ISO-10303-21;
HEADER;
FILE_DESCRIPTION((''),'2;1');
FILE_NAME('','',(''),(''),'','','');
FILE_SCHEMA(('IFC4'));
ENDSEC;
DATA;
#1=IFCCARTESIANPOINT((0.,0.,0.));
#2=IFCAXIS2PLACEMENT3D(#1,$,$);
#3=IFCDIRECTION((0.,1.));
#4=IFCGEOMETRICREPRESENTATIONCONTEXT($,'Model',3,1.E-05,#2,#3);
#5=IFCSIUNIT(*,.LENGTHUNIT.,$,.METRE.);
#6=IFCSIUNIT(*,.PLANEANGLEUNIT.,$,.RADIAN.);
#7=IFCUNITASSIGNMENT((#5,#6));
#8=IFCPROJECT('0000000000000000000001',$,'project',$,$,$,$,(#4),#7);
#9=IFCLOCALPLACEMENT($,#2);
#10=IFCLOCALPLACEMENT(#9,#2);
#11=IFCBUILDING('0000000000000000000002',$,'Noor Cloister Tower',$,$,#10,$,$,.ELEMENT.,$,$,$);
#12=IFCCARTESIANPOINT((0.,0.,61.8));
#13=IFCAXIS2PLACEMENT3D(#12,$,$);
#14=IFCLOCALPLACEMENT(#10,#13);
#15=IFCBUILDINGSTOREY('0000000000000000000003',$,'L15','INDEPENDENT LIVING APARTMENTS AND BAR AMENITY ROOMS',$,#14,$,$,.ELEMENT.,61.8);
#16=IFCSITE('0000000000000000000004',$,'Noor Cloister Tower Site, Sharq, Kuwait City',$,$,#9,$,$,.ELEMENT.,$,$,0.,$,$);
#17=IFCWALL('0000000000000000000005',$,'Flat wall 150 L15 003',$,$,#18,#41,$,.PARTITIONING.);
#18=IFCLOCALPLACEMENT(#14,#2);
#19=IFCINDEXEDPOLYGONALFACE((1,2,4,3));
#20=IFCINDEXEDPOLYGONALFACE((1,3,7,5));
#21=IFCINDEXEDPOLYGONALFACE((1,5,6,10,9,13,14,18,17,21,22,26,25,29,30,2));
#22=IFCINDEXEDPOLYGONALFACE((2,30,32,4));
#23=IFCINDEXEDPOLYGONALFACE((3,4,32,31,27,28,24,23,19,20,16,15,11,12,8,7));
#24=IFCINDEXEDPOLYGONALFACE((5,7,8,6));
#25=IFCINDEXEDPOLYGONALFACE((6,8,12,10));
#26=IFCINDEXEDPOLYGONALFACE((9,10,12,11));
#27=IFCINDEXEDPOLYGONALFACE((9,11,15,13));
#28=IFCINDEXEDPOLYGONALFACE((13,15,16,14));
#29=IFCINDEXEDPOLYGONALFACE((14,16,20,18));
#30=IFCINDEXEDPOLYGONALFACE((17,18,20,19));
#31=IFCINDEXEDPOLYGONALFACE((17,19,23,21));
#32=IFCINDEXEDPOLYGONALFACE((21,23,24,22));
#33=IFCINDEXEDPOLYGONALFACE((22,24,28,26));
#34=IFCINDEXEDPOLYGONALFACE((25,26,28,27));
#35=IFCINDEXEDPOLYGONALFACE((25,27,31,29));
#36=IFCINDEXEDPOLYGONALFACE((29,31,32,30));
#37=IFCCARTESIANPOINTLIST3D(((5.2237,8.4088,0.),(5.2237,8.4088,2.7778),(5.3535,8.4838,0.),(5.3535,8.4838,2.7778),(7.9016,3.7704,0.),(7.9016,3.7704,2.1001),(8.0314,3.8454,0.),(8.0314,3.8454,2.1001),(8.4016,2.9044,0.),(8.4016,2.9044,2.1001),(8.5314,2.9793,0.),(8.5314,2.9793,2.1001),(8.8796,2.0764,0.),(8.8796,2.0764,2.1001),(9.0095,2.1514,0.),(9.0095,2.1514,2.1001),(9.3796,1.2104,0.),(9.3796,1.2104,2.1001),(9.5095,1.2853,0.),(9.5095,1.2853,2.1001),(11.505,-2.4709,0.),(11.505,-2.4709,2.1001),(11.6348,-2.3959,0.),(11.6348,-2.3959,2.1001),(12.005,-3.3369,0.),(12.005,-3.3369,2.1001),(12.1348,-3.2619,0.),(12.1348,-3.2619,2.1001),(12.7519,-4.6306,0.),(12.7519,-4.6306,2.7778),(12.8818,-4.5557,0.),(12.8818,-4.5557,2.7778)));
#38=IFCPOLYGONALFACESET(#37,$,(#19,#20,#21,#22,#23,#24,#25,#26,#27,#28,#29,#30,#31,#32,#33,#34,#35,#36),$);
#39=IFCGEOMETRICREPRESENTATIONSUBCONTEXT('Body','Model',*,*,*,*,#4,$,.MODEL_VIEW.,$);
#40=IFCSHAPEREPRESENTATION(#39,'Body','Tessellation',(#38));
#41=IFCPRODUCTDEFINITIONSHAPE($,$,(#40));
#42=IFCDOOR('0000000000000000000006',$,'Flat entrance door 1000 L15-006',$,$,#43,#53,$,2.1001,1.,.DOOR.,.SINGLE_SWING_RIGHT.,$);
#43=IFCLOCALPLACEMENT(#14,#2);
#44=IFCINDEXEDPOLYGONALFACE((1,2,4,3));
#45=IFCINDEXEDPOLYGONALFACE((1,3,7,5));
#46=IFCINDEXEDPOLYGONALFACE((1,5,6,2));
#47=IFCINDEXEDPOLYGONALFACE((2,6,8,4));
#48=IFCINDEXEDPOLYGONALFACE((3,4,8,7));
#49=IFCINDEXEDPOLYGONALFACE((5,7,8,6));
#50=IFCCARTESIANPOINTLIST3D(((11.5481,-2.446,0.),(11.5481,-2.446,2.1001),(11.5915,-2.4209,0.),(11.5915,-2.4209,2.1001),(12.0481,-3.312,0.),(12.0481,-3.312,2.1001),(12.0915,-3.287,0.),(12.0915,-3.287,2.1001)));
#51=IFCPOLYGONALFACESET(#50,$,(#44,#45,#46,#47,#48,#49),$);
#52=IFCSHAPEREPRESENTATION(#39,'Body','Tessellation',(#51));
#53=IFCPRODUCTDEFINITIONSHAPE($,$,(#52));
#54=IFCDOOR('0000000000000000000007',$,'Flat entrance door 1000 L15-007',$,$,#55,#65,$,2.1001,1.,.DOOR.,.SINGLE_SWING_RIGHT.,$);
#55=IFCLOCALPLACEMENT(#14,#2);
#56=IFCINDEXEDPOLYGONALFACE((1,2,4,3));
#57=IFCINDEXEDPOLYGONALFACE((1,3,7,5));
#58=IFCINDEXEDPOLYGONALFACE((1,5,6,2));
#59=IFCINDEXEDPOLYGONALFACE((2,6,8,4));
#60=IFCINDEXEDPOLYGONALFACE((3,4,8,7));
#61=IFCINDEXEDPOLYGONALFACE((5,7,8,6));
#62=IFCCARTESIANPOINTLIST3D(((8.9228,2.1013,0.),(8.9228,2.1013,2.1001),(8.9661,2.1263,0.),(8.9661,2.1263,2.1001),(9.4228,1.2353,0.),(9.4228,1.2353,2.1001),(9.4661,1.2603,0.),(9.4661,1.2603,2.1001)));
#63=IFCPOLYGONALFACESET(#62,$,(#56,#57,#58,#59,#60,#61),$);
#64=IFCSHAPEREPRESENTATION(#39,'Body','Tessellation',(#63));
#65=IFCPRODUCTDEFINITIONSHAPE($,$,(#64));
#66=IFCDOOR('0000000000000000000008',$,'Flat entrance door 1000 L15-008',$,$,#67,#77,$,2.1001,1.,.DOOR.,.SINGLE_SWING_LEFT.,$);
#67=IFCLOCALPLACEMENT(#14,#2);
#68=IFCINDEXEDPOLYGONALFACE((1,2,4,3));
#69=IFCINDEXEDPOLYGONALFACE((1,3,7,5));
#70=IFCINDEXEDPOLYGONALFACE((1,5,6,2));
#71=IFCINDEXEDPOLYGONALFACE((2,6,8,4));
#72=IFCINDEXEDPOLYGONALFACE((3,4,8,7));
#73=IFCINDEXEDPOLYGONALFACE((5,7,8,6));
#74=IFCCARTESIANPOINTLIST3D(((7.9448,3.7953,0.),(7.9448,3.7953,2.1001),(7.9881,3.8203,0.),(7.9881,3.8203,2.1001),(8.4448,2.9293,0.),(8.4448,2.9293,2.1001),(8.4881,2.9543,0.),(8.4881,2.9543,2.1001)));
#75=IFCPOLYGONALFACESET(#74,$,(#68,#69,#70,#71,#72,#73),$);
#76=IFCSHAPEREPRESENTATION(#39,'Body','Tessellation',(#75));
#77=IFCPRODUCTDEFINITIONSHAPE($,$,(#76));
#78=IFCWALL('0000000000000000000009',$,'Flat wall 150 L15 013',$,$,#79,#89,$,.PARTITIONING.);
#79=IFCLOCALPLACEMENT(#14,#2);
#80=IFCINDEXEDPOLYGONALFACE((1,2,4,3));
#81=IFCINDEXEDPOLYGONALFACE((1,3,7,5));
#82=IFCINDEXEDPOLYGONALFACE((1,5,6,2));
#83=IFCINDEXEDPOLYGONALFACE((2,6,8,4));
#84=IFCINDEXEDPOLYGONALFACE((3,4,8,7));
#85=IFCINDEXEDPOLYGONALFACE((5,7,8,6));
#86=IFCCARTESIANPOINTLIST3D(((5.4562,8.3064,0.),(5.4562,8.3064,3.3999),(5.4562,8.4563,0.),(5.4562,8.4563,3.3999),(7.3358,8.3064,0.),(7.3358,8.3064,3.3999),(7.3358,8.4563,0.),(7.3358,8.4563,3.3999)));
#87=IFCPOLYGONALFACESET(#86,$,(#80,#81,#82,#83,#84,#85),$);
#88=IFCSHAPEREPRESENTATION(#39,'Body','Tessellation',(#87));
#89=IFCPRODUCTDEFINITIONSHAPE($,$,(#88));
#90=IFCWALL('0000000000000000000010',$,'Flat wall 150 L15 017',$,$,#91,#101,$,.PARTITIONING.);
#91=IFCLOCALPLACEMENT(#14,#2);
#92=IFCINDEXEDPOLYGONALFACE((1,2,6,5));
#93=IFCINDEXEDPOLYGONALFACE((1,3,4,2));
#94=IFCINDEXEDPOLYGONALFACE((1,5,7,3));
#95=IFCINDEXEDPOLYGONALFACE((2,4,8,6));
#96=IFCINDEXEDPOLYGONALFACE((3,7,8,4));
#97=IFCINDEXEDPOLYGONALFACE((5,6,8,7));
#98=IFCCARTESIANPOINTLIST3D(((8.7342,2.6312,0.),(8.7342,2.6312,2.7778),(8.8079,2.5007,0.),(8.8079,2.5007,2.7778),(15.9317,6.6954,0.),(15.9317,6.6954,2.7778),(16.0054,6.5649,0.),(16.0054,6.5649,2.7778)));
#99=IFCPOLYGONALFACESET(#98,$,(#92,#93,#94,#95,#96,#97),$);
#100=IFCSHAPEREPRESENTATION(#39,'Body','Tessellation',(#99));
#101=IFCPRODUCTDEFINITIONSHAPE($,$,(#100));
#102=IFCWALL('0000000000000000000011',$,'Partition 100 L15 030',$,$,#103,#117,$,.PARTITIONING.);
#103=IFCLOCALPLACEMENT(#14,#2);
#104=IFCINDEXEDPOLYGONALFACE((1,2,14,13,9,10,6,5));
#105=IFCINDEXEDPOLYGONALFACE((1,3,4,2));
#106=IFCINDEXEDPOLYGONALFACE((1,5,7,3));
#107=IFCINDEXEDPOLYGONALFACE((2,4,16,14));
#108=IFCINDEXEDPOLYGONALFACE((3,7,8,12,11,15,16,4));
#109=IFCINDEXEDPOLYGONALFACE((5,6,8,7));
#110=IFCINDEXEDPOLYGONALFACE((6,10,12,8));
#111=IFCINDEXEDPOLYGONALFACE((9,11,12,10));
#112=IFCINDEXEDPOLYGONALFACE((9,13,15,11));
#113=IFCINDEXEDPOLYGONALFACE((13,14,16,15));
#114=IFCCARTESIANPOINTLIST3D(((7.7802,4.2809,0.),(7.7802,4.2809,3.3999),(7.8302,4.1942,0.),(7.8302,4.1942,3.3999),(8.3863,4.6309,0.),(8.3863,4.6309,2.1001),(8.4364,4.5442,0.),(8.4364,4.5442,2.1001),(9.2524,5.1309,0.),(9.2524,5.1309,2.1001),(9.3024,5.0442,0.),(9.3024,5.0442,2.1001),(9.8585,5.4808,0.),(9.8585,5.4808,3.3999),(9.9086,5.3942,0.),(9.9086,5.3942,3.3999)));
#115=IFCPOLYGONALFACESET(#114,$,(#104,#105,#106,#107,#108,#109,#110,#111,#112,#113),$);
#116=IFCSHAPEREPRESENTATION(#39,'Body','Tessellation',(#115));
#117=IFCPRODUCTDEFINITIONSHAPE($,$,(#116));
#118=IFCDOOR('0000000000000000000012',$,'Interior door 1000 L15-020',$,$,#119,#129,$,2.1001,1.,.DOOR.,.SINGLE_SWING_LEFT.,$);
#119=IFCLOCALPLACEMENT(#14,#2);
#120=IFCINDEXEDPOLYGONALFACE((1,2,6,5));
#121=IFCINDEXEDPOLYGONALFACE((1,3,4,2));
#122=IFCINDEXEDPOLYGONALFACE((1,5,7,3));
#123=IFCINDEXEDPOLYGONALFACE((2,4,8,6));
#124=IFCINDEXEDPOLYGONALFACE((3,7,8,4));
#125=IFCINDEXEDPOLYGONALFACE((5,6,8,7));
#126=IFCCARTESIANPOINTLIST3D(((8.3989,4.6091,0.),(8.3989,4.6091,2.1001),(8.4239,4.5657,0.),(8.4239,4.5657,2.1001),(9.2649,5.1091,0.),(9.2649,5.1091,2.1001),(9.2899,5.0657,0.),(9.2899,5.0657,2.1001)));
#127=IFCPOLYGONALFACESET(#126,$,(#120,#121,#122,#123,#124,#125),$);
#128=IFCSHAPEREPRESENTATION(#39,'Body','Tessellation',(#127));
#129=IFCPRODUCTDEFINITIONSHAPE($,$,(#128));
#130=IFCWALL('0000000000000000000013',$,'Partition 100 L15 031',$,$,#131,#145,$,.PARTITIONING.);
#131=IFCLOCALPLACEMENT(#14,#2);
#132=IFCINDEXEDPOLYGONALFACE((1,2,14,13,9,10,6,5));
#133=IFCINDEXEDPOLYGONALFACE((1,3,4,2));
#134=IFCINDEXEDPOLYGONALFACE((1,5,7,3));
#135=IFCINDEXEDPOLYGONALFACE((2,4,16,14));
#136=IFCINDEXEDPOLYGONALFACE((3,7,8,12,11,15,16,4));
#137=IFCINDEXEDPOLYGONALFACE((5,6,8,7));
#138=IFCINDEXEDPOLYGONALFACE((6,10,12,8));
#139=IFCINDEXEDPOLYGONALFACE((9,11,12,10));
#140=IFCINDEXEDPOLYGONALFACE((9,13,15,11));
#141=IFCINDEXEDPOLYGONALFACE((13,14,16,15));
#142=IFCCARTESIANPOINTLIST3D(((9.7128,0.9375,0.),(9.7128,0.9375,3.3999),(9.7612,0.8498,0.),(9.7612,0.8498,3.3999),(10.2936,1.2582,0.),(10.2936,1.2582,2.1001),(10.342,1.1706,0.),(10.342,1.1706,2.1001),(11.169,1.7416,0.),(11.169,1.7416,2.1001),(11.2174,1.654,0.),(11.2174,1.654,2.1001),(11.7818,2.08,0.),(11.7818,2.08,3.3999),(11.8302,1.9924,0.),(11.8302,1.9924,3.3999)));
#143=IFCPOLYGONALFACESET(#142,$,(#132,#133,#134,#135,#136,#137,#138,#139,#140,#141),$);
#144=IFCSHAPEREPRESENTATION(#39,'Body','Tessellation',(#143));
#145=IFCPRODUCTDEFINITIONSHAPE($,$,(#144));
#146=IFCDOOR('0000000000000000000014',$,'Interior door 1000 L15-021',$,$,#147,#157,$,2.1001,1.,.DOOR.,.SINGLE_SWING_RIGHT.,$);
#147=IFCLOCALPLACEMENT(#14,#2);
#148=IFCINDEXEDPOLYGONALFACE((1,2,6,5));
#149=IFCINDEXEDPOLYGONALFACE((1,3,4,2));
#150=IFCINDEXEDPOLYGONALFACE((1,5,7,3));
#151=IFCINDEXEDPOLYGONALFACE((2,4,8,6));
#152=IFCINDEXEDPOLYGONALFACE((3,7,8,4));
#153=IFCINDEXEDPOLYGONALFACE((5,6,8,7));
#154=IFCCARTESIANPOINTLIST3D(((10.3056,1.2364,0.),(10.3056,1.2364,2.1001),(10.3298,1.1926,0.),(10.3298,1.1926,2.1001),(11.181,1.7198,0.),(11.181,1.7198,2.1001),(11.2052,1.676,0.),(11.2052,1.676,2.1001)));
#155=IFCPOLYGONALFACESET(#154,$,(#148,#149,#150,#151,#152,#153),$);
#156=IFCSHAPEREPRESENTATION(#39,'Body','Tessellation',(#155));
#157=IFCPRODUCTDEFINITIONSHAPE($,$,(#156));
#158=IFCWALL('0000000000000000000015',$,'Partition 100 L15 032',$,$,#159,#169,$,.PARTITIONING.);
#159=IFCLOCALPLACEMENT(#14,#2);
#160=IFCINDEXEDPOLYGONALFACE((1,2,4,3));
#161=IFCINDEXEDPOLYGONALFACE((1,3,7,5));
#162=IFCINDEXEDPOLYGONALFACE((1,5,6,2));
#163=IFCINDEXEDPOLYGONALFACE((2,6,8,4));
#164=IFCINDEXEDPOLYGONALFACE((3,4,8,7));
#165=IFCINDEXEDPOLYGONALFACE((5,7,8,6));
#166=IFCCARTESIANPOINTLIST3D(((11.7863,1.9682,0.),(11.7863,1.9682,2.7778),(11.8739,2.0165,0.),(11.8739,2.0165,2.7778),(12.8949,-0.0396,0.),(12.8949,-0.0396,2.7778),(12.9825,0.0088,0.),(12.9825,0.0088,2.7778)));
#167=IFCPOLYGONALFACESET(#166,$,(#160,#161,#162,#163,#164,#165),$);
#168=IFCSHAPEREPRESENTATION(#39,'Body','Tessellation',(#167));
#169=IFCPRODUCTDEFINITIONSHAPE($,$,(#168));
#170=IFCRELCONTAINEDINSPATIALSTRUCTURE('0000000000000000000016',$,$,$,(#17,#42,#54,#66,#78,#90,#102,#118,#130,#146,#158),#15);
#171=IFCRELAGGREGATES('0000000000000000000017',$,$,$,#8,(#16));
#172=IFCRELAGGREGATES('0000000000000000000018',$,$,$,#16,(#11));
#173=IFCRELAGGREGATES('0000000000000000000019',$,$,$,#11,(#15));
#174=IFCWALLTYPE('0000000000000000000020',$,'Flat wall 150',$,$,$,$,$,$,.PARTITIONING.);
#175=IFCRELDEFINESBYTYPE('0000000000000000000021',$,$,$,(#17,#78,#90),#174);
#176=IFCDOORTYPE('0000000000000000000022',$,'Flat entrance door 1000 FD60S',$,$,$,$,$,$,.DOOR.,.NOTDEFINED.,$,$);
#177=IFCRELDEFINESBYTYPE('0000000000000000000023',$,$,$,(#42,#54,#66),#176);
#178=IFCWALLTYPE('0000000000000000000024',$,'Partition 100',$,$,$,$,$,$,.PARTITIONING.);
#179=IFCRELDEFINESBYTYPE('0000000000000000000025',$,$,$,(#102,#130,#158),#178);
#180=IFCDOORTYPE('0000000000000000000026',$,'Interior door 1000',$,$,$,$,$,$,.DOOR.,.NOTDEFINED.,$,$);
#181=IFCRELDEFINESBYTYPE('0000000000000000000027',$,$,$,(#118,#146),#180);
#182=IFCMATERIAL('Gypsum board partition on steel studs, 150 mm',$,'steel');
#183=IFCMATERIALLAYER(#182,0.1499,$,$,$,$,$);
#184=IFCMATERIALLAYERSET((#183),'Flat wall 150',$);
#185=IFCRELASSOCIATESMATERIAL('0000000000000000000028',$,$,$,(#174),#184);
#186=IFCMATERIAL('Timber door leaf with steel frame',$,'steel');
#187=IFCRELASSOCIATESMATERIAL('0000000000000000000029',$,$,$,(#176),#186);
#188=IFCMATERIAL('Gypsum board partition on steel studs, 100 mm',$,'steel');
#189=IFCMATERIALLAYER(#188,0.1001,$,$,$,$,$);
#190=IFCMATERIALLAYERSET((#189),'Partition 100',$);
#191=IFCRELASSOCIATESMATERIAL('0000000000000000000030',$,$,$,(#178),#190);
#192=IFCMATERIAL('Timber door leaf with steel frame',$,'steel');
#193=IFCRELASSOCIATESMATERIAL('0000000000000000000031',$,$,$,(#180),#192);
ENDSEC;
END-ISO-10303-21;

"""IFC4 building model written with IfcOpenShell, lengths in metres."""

from ifc_helpers import new_model, si_unit, direction, frame, frame_2d, origin, place, context, subcontext, project, spatial, rectangle, extrude, material, layer, layer_set, type_object, element, fill, save


model = new_model("IFC4")

# Units and contexts
model_context = context("Model", 3, precision=1e-05, world=origin(), true_north=direction((0.0, 1.0)))
body_context = subcontext(model_context, "Body", "Model", "MODEL_VIEW")
ifc_project = project(units=[si_unit("LENGTHUNIT", "METRE"), si_unit("PLANEANGLEUNIT", "RADIAN")], contexts=[model_context])

# Site, building, storey
site_placement = place(None, origin())
site = spatial("IfcSite", under=ifc_project, at=site_placement, Name="Noor Cloister Tower Site, Sharq, Kuwait City", CompositionType="ELEMENT", RefElevation=0.0)
building_placement = place(site_placement, origin())
building = spatial("IfcBuilding", under=site, at=building_placement, Name="Noor Cloister Tower", CompositionType="ELEMENT")
storey_placement = place(building_placement, frame((0.0, 0.0, 61.8)))
storey = spatial("IfcBuildingStorey", under=building, at=storey_placement, Name="L15", Description="INDEPENDENT LIVING APARTMENTS AND BAR AMENITY ROOMS", CompositionType="ELEMENT", Elevation=61.8)

# Wall, openings, doors
ifc_material_1 = material(Name="Gypsum board partition on steel studs, 150 mm", Category="steel")
ifc_layer_1 = layer(ifc_material_1, 0.1499)
ifc_layer_set_1 = layer_set([ifc_layer_1], Name="Flat wall 150")
wall_type_1 = type_object("IfcWallType", Name="Flat wall 150", PredefinedType="PARTITIONING", material=ifc_layer_set_1)
wall_1_placement = place(storey_placement, frame((5.2886, 8.4463, 0.0), z_axis=(0.0, 0.0, 1.0), x_axis=(0.499997, -0.866027, 0.0)))
wall_1 = element("IfcWall", 1, at=wall_1_placement, inside=storey, type_object=wall_type_1, Name="Flat wall 150 L15 003", PredefinedType="PARTITIONING", context=body_context, shape_type="SweptSolid", body=[
    extrude(rectangle(XDim=15.0566, YDim=0.1499, at=frame_2d((7.5283, 0.0))), origin(), (0.0, 0.0, 1.0), 2.7778),
])
opening_1_placement = place(wall_1_placement, frame((12.5627, 0.0, 0.0)))
opening_1 = element("IfcOpeningElement", 2, at=opening_1_placement, cuts=wall_1, PredefinedType="OPENING", context=body_context, shape_type="SweptSolid", body=[
    extrude(rectangle(XDim=1.0, YDim=2.1001, at=frame_2d((0.5, 1.05))), frame((0.0, 0.085, 0.0), z_axis=(0.0, -1.0, 0.0), x_axis=(1.0, 0.0, 0.0)), (0.0, 0.0, 1.0), 0.1699),
])
opening_2_placement = place(wall_1_placement, frame((7.312, 0.0, 0.0)))
opening_2 = element("IfcOpeningElement", 3, at=opening_2_placement, cuts=wall_1, PredefinedType="OPENING", context=body_context, shape_type="SweptSolid", body=[
    extrude(rectangle(XDim=1.0, YDim=2.1001, at=frame_2d((0.5, 1.05))), frame((0.0, 0.085, 0.0), z_axis=(0.0, -1.0, 0.0), x_axis=(1.0, 0.0, 0.0)), (0.0, 0.0, 1.0), 0.1699),
])
opening_3_placement = place(wall_1_placement, frame((5.356, 0.0, 0.0)))
opening_3 = element("IfcOpeningElement", 4, at=opening_3_placement, cuts=wall_1, PredefinedType="OPENING", context=body_context, shape_type="SweptSolid", body=[
    extrude(rectangle(XDim=1.0, YDim=2.1001, at=frame_2d((0.5, 1.05))), frame((0.0, 0.085, 0.0), z_axis=(0.0, -1.0, 0.0), x_axis=(1.0, 0.0, 0.0)), (0.0, 0.0, 1.0), 0.1699),
])
ifc_material_2 = material(Name="Timber door leaf with steel frame", Category="steel")
door_type_1 = type_object("IfcDoorType", Name="Flat entrance door 1000 FD60S", OperationType="NOTDEFINED", PredefinedType="DOOR", material=ifc_material_2)
door_1_placement = place(opening_1_placement, origin())
door_1 = element("IfcDoor", 5, at=door_1_placement, inside=storey, type_object=door_type_1, Name="Flat entrance door 1000 L15-006", OperationType="SINGLE_SWING_RIGHT", OverallHeight=2.1001, OverallWidth=1.0, PredefinedType="DOOR", context=body_context, shape_type="SweptSolid", body=[
    extrude(rectangle(XDim=1.0, YDim=2.1001, at=frame_2d((0.5, 1.05))), frame((0.0, 0.0249, 0.0), z_axis=(0.0, -1.0, 0.0), x_axis=(1.0, 0.0, 0.0)), (0.0, 0.0, 1.0), 0.05),
])
fill(opening_1, door_1)
door_2_placement = place(opening_2_placement, origin())
door_2 = element("IfcDoor", 6, at=door_2_placement, inside=storey, type_object=door_type_1, Name="Flat entrance door 1000 L15-007", OperationType="SINGLE_SWING_RIGHT", OverallHeight=2.1001, OverallWidth=1.0, PredefinedType="DOOR", context=body_context, shape_type="SweptSolid", body=[
    extrude(rectangle(XDim=1.0, YDim=2.1001, at=frame_2d((0.5, 1.05))), frame((0.0, 0.0249, 0.0), z_axis=(0.0, -1.0, 0.0), x_axis=(1.0, 0.0, 0.0)), (0.0, 0.0, 1.0), 0.05),
])
fill(opening_2, door_2)
door_3_placement = place(opening_3_placement, origin())
door_3 = element("IfcDoor", 7, at=door_3_placement, inside=storey, type_object=door_type_1, Name="Flat entrance door 1000 L15-008", OperationType="SINGLE_SWING_LEFT", OverallHeight=2.1001, OverallWidth=1.0, PredefinedType="DOOR", context=body_context, shape_type="SweptSolid", body=[
    extrude(rectangle(XDim=1.0, YDim=2.1001, at=frame_2d((0.5, 1.05))), frame((0.0, 0.0249, 0.0), z_axis=(0.0, -1.0, 0.0), x_axis=(1.0, 0.0, 0.0)), (0.0, 0.0, 1.0), 0.05),
])
fill(opening_3, door_3)

# Walls
wall_2_placement = place(storey_placement, frame((5.4561, 8.3813, 0.0), z_axis=(0.0, 0.0, 1.0), x_axis=(1.0, 0.0, 0.0)))
element("IfcWall", 8, at=wall_2_placement, inside=storey, type_object=wall_type_1, Name="Flat wall 150 L15 013", PredefinedType="PARTITIONING", context=body_context, shape_type="SweptSolid", body=[
    extrude(rectangle(XDim=1.8796, YDim=0.1499, at=frame_2d((0.9399, 0.0))), origin(), (0.0, 0.0, 1.0), 3.3999),
])
wall_3_placement = place(storey_placement, frame((15.9685, 6.6301, 0.0), z_axis=(0.0, 0.0, 1.0), x_axis=(-0.870767, -0.491695, 0.0)))
element("IfcWall", 9, at=wall_3_placement, inside=storey, type_object=wall_type_1, Name="Flat wall 150 L15 017", PredefinedType="PARTITIONING", context=body_context, shape_type="SweptSolid", body=[
    extrude(rectangle(XDim=8.2656, YDim=0.1499, at=frame_2d((4.1328, 0.0))), origin(), (0.0, 0.0, 1.0), 2.7778),
])

# Walls, openings, doors
ifc_material_3 = material(Name="Gypsum board partition on steel studs, 100 mm", Category="steel")
ifc_layer_2 = layer(ifc_material_3, 0.1001)
ifc_layer_set_2 = layer_set([ifc_layer_2], Name="Partition 100")
wall_type_2 = type_object("IfcWallType", Name="Partition 100", PredefinedType="PARTITIONING", material=ifc_layer_set_2)
wall_4_placement = place(storey_placement, frame((7.8052, 4.2375, 0.0), z_axis=(0.0, 0.0, 1.0), x_axis=(0.866025, 0.500001, 0.0)))
wall_4 = element("IfcWall", 10, at=wall_4_placement, inside=storey, type_object=wall_type_2, Name="Partition 100 L15 030", PredefinedType="PARTITIONING", context=body_context, shape_type="SweptSolid", body=[
    extrude(rectangle(XDim=2.3999, YDim=0.1001, at=frame_2d((1.2, 0.0))), origin(), (0.0, 0.0, 1.0), 3.3999),
])
opening_4_placement = place(wall_4_placement, frame((0.7, 0.0, 0.0)))
opening_4 = element("IfcOpeningElement", 11, at=opening_4_placement, cuts=wall_4, PredefinedType="OPENING", context=body_context, shape_type="SweptSolid", body=[
    extrude(rectangle(XDim=1.0, YDim=2.1001, at=frame_2d((0.5, 1.05))), frame((0.0, 0.0601, 0.0), z_axis=(0.0, -1.0, 0.0), x_axis=(1.0, 0.0, 0.0)), (0.0, 0.0, 1.0), 0.1201),
])
ifc_material_4 = material(Name="Timber door leaf with steel frame", Category="steel")
door_type_2 = type_object("IfcDoorType", Name="Interior door 1000", OperationType="NOTDEFINED", PredefinedType="DOOR", material=ifc_material_4)
door_4_placement = place(opening_4_placement, origin())
door_4 = element("IfcDoor", 12, at=door_4_placement, inside=storey, type_object=door_type_2, Name="Interior door 1000 L15-020", OperationType="SINGLE_SWING_LEFT", OverallHeight=2.1001, OverallWidth=1.0, PredefinedType="DOOR", context=body_context, shape_type="SweptSolid", body=[
    extrude(rectangle(XDim=1.0, YDim=2.1001, at=frame_2d((0.5, 1.05))), frame((0.0, 0.0249, 0.0), z_axis=(0.0, -1.0, 0.0), x_axis=(1.0, 0.0, 0.0)), (0.0, 0.0, 1.0), 0.05),
])
fill(opening_4, door_4)
wall_5_placement = place(storey_placement, frame((11.8059, 2.0361, 0.0), z_axis=(0.0, 0.0, 1.0), x_axis=(-0.875397, -0.483405, 0.0)))
wall_5 = element("IfcWall", 13, at=wall_5_placement, inside=storey, type_object=wall_type_2, Name="Partition 100 L15 031", PredefinedType="PARTITIONING", context=body_context, shape_type="SweptSolid", body=[
    extrude(rectangle(XDim=2.3635, YDim=0.1001, at=frame_2d((1.1816, 0.0))), origin(), (0.0, 0.0, 1.0), 3.3999),
])
opening_5_placement = place(wall_5_placement, frame((0.7, 0.0, 0.0)))
opening_5 = element("IfcOpeningElement", 14, at=opening_5_placement, cuts=wall_5, PredefinedType="OPENING", context=body_context, shape_type="SweptSolid", body=[
    extrude(rectangle(XDim=1.0, YDim=2.1001, at=frame_2d((0.5, 1.05))), frame((0.0, 0.0601, 0.0), z_axis=(0.0, -1.0, 0.0), x_axis=(1.0, 0.0, 0.0)), (0.0, 0.0, 1.0), 0.1201),
])
door_5_placement = place(opening_5_placement, origin())
door_5 = element("IfcDoor", 15, at=door_5_placement, inside=storey, type_object=door_type_2, Name="Interior door 1000 L15-021", OperationType="SINGLE_SWING_RIGHT", OverallHeight=2.1001, OverallWidth=1.0, PredefinedType="DOOR", context=body_context, shape_type="SweptSolid", body=[
    extrude(rectangle(XDim=1.0, YDim=2.1001, at=frame_2d((0.5, 1.05))), frame((0.0, 0.0249, 0.0), z_axis=(0.0, -1.0, 0.0), x_axis=(1.0, 0.0, 0.0)), (0.0, 0.0, 1.0), 0.05),
])
fill(opening_5, door_5)

# Wall
wall_6_placement = place(storey_placement, frame((12.9387, -0.0154, 0.0), z_axis=(0.0, 0.0, 1.0), x_axis=(-0.483373, 0.875415, 0.0)))
element("IfcWall", 16, at=wall_6_placement, inside=storey, type_object=wall_type_2, Name="Partition 100 L15 032", PredefinedType="PARTITIONING", context=body_context, shape_type="SweptSolid", body=[
    extrude(rectangle(XDim=2.2935, YDim=0.1001, at=frame_2d((1.1467, 0.0))), origin(), (0.0, 0.0, 1.0), 2.7778),
])

save(model, "model.ifc")
